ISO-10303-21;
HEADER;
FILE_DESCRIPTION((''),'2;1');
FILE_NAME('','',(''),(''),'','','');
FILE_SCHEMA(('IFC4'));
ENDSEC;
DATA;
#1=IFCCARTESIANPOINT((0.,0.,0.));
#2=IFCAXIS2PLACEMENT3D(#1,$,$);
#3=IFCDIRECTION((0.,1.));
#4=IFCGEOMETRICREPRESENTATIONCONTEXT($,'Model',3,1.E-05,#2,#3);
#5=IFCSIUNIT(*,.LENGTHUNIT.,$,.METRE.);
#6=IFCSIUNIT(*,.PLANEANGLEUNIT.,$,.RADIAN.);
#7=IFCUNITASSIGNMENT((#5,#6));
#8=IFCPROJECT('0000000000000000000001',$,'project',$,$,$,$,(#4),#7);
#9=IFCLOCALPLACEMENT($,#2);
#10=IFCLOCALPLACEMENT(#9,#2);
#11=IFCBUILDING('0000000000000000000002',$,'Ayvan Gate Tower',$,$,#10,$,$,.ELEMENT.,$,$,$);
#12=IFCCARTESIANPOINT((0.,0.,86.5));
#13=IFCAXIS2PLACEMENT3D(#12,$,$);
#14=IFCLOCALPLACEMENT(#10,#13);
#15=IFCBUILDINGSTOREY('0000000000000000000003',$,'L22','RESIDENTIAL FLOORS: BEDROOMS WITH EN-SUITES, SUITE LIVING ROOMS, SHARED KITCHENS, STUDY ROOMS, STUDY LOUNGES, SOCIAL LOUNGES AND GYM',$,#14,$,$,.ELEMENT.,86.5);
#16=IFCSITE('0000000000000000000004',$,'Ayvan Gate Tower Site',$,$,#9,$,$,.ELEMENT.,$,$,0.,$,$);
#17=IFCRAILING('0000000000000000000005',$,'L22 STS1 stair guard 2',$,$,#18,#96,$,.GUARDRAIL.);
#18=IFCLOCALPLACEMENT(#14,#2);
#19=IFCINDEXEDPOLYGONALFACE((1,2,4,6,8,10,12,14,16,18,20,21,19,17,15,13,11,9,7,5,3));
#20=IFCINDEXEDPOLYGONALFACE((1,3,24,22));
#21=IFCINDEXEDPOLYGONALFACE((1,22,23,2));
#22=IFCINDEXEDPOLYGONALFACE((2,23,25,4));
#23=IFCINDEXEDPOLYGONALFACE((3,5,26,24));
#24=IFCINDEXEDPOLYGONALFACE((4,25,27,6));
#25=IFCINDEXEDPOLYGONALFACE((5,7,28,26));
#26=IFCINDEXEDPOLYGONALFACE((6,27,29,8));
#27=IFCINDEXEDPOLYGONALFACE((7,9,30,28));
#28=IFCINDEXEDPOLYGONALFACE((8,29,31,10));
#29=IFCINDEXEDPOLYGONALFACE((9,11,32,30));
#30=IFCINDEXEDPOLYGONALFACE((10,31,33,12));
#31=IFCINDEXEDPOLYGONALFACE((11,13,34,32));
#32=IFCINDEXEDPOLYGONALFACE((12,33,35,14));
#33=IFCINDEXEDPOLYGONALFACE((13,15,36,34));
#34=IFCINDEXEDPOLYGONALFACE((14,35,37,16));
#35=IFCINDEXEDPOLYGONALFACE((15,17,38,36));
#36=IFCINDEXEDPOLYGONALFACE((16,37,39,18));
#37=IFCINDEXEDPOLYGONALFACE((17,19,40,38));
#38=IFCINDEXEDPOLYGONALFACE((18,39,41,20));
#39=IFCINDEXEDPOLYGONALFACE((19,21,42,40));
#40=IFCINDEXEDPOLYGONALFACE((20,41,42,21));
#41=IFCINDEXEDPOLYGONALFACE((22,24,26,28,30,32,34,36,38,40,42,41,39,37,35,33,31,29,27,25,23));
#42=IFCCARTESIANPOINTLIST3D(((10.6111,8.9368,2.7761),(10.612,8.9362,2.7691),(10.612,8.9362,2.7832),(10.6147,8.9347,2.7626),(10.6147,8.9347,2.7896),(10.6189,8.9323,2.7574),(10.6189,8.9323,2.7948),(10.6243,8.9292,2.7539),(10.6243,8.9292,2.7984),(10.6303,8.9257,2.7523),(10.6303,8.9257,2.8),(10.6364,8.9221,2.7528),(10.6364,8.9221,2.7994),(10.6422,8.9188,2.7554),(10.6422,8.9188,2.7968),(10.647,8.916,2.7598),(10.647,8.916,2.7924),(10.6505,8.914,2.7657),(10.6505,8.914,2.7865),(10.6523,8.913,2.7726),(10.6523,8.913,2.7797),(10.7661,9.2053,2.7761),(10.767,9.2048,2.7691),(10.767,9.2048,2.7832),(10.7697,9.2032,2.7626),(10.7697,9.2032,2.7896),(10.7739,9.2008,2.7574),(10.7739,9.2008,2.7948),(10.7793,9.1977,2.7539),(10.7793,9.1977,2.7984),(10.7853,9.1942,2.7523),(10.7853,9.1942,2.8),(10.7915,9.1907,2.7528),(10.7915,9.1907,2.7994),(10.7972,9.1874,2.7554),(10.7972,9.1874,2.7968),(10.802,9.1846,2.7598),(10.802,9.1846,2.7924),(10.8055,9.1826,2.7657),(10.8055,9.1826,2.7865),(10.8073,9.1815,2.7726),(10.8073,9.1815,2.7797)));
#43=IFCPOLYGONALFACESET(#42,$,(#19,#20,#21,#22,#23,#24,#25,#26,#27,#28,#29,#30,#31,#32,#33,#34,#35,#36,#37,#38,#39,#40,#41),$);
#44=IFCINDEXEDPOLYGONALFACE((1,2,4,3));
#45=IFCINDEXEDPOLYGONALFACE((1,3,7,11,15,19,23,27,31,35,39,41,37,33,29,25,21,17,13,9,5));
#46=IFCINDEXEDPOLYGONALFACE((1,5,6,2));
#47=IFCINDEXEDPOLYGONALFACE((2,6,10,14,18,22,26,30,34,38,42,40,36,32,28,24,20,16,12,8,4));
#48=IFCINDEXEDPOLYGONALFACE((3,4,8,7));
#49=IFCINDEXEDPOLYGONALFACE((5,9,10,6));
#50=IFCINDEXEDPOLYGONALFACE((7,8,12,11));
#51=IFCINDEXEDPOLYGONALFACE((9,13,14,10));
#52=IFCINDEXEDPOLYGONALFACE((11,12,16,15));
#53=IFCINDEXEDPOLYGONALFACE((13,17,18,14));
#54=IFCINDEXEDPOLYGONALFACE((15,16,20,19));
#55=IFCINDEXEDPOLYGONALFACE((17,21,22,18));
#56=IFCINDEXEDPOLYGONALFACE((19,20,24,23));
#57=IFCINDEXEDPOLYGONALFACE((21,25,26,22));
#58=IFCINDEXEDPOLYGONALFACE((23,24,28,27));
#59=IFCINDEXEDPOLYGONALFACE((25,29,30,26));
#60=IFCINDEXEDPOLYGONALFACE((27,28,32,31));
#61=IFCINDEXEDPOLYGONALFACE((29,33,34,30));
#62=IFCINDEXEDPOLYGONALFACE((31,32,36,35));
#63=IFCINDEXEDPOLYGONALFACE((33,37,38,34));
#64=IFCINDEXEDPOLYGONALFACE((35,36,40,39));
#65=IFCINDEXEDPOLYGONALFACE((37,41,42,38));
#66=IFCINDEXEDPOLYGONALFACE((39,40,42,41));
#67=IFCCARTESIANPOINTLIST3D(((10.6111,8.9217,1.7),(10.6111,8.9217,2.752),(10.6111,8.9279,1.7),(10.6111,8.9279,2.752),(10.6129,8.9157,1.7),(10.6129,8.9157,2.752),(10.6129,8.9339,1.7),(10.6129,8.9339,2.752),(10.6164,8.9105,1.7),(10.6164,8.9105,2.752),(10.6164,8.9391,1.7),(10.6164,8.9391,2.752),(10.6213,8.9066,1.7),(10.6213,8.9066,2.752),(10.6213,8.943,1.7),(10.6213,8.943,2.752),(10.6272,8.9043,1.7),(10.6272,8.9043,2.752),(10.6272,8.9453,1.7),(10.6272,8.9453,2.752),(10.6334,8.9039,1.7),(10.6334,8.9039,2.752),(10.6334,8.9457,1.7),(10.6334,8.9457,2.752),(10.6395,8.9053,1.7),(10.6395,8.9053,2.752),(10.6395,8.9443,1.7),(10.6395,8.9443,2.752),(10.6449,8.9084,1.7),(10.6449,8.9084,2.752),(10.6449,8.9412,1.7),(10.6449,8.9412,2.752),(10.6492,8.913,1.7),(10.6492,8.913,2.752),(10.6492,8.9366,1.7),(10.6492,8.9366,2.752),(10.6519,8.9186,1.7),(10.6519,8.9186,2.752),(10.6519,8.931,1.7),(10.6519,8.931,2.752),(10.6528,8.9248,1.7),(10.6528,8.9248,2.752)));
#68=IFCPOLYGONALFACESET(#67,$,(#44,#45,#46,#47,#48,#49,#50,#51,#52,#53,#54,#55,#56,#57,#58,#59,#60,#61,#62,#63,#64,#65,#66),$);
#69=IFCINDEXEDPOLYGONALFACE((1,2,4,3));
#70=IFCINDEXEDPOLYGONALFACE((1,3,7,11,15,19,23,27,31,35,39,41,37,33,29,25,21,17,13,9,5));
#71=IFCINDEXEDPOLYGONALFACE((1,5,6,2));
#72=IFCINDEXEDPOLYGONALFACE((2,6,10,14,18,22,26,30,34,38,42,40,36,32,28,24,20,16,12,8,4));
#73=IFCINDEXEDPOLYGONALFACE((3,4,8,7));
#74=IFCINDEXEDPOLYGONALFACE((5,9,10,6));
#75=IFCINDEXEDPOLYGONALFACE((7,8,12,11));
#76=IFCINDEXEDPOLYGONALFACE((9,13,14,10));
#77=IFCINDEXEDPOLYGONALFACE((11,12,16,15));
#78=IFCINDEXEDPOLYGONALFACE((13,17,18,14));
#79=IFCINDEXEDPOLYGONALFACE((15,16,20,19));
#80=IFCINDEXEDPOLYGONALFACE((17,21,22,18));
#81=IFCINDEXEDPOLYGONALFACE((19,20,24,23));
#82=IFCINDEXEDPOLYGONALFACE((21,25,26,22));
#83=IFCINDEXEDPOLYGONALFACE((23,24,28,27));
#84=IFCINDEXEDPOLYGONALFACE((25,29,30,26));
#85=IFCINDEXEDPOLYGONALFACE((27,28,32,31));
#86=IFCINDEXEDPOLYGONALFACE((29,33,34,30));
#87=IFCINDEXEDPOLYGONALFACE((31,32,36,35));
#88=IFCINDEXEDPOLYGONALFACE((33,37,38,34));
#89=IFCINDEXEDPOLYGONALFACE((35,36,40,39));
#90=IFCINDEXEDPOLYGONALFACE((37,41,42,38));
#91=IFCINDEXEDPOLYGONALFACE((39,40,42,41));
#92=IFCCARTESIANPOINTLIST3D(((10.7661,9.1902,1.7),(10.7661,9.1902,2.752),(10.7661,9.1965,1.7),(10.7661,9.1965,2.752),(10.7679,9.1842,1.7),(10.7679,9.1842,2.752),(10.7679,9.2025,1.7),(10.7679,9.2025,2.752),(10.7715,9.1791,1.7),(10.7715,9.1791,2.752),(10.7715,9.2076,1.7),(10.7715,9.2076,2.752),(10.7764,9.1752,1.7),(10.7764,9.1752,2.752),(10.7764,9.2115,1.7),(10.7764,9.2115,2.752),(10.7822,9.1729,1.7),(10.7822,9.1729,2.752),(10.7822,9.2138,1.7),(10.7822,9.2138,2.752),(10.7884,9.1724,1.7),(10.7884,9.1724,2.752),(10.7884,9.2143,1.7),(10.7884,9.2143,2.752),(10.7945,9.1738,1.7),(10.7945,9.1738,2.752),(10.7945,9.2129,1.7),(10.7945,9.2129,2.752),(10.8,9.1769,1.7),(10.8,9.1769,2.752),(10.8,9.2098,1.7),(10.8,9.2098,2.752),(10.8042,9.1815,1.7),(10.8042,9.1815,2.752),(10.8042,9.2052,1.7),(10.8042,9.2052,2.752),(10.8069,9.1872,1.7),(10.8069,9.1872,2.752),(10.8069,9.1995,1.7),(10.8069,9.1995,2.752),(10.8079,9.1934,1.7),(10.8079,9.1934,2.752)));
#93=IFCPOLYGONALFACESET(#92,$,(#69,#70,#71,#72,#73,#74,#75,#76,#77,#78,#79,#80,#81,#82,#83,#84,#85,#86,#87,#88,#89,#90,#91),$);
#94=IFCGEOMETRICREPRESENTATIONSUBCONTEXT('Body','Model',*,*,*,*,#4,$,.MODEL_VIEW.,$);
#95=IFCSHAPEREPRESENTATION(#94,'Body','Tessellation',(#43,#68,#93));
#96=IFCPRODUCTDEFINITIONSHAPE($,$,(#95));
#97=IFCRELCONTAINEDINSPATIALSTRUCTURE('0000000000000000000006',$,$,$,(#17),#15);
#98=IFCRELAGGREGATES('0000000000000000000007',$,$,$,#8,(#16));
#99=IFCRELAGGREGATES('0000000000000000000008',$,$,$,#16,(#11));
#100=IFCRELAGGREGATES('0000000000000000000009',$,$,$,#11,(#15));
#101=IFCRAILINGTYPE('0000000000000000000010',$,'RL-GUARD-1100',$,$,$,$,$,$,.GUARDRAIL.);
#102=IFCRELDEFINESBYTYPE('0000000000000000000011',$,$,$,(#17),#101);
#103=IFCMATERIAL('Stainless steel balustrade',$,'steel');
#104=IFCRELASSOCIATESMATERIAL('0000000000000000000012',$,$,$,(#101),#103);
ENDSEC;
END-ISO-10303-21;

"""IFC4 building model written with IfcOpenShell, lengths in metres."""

from ifc_helpers import new_model, si_unit, direction, frame, origin, origin_2d, place, context, subcontext, project, spatial, circle, extrude, material, type_object, element, save


model = new_model("IFC4")

# Units and contexts
model_context = context("Model", 3, precision=1e-05, world=origin(), true_north=direction((0.0, 1.0)))
body_context = subcontext(model_context, "Body", "Model", "MODEL_VIEW")
ifc_project = project(units=[si_unit("LENGTHUNIT", "METRE"), si_unit("PLANEANGLEUNIT", "RADIAN")], contexts=[model_context])

# Site, building, storey
site_placement = place(None, origin())
site = spatial("IfcSite", under=ifc_project, at=site_placement, Name="Ayvan Gate Tower Site", CompositionType="ELEMENT", RefElevation=0.0)
building_placement = place(site_placement, origin())
building = spatial("IfcBuilding", under=site, at=building_placement, Name="Ayvan Gate Tower", CompositionType="ELEMENT")
storey_placement = place(building_placement, frame((0.0, 0.0, 86.5)))
storey = spatial("IfcBuildingStorey", under=building, at=storey_placement, Name="L22", Description="RESIDENTIAL FLOORS: BEDROOMS WITH EN-SUITES, SUITE LIVING ROOMS, SHARED KITCHENS, STUDY ROOMS, STUDY LOUNGES, SOCIAL LOUNGES AND GYM", CompositionType="ELEMENT", Elevation=86.5)

# Railing
ifc_material_1 = material(Name="Stainless steel balustrade", Category="steel")
railing_type_1 = type_object("IfcRailingType", Name="RL-GUARD-1100", PredefinedType="GUARDRAIL", material=ifc_material_1)
railing_1_placement = place(storey_placement, frame((10.6318, 8.9248, 1.7)))
element("IfcRailing", 1, at=railing_1_placement, inside=storey, type_object=railing_type_1, Name="L22 STS1 stair guard 2", PredefinedType="GUARDRAIL", context=body_context, shape_type="SweptSolid", body=[
    extrude(circle(Radius=0.0239, at=origin_2d()), frame((0.0, 0.0, 1.0762), z_axis=(0.49995, 0.866054, 0.0), x_axis=(-0.866054, 0.49995, 0.0)), (0.0, 0.0, 1.0), 0.3101),
    extrude(circle(Radius=0.021, at=origin_2d()), origin(), (0.0, 0.0, 1.0), 1.052),
    extrude(circle(Radius=0.021, at=origin_2d()), frame((0.155, 0.2686, 0.0)), (0.0, 0.0, 1.0), 1.052),
])

save(model, "model.ifc")
